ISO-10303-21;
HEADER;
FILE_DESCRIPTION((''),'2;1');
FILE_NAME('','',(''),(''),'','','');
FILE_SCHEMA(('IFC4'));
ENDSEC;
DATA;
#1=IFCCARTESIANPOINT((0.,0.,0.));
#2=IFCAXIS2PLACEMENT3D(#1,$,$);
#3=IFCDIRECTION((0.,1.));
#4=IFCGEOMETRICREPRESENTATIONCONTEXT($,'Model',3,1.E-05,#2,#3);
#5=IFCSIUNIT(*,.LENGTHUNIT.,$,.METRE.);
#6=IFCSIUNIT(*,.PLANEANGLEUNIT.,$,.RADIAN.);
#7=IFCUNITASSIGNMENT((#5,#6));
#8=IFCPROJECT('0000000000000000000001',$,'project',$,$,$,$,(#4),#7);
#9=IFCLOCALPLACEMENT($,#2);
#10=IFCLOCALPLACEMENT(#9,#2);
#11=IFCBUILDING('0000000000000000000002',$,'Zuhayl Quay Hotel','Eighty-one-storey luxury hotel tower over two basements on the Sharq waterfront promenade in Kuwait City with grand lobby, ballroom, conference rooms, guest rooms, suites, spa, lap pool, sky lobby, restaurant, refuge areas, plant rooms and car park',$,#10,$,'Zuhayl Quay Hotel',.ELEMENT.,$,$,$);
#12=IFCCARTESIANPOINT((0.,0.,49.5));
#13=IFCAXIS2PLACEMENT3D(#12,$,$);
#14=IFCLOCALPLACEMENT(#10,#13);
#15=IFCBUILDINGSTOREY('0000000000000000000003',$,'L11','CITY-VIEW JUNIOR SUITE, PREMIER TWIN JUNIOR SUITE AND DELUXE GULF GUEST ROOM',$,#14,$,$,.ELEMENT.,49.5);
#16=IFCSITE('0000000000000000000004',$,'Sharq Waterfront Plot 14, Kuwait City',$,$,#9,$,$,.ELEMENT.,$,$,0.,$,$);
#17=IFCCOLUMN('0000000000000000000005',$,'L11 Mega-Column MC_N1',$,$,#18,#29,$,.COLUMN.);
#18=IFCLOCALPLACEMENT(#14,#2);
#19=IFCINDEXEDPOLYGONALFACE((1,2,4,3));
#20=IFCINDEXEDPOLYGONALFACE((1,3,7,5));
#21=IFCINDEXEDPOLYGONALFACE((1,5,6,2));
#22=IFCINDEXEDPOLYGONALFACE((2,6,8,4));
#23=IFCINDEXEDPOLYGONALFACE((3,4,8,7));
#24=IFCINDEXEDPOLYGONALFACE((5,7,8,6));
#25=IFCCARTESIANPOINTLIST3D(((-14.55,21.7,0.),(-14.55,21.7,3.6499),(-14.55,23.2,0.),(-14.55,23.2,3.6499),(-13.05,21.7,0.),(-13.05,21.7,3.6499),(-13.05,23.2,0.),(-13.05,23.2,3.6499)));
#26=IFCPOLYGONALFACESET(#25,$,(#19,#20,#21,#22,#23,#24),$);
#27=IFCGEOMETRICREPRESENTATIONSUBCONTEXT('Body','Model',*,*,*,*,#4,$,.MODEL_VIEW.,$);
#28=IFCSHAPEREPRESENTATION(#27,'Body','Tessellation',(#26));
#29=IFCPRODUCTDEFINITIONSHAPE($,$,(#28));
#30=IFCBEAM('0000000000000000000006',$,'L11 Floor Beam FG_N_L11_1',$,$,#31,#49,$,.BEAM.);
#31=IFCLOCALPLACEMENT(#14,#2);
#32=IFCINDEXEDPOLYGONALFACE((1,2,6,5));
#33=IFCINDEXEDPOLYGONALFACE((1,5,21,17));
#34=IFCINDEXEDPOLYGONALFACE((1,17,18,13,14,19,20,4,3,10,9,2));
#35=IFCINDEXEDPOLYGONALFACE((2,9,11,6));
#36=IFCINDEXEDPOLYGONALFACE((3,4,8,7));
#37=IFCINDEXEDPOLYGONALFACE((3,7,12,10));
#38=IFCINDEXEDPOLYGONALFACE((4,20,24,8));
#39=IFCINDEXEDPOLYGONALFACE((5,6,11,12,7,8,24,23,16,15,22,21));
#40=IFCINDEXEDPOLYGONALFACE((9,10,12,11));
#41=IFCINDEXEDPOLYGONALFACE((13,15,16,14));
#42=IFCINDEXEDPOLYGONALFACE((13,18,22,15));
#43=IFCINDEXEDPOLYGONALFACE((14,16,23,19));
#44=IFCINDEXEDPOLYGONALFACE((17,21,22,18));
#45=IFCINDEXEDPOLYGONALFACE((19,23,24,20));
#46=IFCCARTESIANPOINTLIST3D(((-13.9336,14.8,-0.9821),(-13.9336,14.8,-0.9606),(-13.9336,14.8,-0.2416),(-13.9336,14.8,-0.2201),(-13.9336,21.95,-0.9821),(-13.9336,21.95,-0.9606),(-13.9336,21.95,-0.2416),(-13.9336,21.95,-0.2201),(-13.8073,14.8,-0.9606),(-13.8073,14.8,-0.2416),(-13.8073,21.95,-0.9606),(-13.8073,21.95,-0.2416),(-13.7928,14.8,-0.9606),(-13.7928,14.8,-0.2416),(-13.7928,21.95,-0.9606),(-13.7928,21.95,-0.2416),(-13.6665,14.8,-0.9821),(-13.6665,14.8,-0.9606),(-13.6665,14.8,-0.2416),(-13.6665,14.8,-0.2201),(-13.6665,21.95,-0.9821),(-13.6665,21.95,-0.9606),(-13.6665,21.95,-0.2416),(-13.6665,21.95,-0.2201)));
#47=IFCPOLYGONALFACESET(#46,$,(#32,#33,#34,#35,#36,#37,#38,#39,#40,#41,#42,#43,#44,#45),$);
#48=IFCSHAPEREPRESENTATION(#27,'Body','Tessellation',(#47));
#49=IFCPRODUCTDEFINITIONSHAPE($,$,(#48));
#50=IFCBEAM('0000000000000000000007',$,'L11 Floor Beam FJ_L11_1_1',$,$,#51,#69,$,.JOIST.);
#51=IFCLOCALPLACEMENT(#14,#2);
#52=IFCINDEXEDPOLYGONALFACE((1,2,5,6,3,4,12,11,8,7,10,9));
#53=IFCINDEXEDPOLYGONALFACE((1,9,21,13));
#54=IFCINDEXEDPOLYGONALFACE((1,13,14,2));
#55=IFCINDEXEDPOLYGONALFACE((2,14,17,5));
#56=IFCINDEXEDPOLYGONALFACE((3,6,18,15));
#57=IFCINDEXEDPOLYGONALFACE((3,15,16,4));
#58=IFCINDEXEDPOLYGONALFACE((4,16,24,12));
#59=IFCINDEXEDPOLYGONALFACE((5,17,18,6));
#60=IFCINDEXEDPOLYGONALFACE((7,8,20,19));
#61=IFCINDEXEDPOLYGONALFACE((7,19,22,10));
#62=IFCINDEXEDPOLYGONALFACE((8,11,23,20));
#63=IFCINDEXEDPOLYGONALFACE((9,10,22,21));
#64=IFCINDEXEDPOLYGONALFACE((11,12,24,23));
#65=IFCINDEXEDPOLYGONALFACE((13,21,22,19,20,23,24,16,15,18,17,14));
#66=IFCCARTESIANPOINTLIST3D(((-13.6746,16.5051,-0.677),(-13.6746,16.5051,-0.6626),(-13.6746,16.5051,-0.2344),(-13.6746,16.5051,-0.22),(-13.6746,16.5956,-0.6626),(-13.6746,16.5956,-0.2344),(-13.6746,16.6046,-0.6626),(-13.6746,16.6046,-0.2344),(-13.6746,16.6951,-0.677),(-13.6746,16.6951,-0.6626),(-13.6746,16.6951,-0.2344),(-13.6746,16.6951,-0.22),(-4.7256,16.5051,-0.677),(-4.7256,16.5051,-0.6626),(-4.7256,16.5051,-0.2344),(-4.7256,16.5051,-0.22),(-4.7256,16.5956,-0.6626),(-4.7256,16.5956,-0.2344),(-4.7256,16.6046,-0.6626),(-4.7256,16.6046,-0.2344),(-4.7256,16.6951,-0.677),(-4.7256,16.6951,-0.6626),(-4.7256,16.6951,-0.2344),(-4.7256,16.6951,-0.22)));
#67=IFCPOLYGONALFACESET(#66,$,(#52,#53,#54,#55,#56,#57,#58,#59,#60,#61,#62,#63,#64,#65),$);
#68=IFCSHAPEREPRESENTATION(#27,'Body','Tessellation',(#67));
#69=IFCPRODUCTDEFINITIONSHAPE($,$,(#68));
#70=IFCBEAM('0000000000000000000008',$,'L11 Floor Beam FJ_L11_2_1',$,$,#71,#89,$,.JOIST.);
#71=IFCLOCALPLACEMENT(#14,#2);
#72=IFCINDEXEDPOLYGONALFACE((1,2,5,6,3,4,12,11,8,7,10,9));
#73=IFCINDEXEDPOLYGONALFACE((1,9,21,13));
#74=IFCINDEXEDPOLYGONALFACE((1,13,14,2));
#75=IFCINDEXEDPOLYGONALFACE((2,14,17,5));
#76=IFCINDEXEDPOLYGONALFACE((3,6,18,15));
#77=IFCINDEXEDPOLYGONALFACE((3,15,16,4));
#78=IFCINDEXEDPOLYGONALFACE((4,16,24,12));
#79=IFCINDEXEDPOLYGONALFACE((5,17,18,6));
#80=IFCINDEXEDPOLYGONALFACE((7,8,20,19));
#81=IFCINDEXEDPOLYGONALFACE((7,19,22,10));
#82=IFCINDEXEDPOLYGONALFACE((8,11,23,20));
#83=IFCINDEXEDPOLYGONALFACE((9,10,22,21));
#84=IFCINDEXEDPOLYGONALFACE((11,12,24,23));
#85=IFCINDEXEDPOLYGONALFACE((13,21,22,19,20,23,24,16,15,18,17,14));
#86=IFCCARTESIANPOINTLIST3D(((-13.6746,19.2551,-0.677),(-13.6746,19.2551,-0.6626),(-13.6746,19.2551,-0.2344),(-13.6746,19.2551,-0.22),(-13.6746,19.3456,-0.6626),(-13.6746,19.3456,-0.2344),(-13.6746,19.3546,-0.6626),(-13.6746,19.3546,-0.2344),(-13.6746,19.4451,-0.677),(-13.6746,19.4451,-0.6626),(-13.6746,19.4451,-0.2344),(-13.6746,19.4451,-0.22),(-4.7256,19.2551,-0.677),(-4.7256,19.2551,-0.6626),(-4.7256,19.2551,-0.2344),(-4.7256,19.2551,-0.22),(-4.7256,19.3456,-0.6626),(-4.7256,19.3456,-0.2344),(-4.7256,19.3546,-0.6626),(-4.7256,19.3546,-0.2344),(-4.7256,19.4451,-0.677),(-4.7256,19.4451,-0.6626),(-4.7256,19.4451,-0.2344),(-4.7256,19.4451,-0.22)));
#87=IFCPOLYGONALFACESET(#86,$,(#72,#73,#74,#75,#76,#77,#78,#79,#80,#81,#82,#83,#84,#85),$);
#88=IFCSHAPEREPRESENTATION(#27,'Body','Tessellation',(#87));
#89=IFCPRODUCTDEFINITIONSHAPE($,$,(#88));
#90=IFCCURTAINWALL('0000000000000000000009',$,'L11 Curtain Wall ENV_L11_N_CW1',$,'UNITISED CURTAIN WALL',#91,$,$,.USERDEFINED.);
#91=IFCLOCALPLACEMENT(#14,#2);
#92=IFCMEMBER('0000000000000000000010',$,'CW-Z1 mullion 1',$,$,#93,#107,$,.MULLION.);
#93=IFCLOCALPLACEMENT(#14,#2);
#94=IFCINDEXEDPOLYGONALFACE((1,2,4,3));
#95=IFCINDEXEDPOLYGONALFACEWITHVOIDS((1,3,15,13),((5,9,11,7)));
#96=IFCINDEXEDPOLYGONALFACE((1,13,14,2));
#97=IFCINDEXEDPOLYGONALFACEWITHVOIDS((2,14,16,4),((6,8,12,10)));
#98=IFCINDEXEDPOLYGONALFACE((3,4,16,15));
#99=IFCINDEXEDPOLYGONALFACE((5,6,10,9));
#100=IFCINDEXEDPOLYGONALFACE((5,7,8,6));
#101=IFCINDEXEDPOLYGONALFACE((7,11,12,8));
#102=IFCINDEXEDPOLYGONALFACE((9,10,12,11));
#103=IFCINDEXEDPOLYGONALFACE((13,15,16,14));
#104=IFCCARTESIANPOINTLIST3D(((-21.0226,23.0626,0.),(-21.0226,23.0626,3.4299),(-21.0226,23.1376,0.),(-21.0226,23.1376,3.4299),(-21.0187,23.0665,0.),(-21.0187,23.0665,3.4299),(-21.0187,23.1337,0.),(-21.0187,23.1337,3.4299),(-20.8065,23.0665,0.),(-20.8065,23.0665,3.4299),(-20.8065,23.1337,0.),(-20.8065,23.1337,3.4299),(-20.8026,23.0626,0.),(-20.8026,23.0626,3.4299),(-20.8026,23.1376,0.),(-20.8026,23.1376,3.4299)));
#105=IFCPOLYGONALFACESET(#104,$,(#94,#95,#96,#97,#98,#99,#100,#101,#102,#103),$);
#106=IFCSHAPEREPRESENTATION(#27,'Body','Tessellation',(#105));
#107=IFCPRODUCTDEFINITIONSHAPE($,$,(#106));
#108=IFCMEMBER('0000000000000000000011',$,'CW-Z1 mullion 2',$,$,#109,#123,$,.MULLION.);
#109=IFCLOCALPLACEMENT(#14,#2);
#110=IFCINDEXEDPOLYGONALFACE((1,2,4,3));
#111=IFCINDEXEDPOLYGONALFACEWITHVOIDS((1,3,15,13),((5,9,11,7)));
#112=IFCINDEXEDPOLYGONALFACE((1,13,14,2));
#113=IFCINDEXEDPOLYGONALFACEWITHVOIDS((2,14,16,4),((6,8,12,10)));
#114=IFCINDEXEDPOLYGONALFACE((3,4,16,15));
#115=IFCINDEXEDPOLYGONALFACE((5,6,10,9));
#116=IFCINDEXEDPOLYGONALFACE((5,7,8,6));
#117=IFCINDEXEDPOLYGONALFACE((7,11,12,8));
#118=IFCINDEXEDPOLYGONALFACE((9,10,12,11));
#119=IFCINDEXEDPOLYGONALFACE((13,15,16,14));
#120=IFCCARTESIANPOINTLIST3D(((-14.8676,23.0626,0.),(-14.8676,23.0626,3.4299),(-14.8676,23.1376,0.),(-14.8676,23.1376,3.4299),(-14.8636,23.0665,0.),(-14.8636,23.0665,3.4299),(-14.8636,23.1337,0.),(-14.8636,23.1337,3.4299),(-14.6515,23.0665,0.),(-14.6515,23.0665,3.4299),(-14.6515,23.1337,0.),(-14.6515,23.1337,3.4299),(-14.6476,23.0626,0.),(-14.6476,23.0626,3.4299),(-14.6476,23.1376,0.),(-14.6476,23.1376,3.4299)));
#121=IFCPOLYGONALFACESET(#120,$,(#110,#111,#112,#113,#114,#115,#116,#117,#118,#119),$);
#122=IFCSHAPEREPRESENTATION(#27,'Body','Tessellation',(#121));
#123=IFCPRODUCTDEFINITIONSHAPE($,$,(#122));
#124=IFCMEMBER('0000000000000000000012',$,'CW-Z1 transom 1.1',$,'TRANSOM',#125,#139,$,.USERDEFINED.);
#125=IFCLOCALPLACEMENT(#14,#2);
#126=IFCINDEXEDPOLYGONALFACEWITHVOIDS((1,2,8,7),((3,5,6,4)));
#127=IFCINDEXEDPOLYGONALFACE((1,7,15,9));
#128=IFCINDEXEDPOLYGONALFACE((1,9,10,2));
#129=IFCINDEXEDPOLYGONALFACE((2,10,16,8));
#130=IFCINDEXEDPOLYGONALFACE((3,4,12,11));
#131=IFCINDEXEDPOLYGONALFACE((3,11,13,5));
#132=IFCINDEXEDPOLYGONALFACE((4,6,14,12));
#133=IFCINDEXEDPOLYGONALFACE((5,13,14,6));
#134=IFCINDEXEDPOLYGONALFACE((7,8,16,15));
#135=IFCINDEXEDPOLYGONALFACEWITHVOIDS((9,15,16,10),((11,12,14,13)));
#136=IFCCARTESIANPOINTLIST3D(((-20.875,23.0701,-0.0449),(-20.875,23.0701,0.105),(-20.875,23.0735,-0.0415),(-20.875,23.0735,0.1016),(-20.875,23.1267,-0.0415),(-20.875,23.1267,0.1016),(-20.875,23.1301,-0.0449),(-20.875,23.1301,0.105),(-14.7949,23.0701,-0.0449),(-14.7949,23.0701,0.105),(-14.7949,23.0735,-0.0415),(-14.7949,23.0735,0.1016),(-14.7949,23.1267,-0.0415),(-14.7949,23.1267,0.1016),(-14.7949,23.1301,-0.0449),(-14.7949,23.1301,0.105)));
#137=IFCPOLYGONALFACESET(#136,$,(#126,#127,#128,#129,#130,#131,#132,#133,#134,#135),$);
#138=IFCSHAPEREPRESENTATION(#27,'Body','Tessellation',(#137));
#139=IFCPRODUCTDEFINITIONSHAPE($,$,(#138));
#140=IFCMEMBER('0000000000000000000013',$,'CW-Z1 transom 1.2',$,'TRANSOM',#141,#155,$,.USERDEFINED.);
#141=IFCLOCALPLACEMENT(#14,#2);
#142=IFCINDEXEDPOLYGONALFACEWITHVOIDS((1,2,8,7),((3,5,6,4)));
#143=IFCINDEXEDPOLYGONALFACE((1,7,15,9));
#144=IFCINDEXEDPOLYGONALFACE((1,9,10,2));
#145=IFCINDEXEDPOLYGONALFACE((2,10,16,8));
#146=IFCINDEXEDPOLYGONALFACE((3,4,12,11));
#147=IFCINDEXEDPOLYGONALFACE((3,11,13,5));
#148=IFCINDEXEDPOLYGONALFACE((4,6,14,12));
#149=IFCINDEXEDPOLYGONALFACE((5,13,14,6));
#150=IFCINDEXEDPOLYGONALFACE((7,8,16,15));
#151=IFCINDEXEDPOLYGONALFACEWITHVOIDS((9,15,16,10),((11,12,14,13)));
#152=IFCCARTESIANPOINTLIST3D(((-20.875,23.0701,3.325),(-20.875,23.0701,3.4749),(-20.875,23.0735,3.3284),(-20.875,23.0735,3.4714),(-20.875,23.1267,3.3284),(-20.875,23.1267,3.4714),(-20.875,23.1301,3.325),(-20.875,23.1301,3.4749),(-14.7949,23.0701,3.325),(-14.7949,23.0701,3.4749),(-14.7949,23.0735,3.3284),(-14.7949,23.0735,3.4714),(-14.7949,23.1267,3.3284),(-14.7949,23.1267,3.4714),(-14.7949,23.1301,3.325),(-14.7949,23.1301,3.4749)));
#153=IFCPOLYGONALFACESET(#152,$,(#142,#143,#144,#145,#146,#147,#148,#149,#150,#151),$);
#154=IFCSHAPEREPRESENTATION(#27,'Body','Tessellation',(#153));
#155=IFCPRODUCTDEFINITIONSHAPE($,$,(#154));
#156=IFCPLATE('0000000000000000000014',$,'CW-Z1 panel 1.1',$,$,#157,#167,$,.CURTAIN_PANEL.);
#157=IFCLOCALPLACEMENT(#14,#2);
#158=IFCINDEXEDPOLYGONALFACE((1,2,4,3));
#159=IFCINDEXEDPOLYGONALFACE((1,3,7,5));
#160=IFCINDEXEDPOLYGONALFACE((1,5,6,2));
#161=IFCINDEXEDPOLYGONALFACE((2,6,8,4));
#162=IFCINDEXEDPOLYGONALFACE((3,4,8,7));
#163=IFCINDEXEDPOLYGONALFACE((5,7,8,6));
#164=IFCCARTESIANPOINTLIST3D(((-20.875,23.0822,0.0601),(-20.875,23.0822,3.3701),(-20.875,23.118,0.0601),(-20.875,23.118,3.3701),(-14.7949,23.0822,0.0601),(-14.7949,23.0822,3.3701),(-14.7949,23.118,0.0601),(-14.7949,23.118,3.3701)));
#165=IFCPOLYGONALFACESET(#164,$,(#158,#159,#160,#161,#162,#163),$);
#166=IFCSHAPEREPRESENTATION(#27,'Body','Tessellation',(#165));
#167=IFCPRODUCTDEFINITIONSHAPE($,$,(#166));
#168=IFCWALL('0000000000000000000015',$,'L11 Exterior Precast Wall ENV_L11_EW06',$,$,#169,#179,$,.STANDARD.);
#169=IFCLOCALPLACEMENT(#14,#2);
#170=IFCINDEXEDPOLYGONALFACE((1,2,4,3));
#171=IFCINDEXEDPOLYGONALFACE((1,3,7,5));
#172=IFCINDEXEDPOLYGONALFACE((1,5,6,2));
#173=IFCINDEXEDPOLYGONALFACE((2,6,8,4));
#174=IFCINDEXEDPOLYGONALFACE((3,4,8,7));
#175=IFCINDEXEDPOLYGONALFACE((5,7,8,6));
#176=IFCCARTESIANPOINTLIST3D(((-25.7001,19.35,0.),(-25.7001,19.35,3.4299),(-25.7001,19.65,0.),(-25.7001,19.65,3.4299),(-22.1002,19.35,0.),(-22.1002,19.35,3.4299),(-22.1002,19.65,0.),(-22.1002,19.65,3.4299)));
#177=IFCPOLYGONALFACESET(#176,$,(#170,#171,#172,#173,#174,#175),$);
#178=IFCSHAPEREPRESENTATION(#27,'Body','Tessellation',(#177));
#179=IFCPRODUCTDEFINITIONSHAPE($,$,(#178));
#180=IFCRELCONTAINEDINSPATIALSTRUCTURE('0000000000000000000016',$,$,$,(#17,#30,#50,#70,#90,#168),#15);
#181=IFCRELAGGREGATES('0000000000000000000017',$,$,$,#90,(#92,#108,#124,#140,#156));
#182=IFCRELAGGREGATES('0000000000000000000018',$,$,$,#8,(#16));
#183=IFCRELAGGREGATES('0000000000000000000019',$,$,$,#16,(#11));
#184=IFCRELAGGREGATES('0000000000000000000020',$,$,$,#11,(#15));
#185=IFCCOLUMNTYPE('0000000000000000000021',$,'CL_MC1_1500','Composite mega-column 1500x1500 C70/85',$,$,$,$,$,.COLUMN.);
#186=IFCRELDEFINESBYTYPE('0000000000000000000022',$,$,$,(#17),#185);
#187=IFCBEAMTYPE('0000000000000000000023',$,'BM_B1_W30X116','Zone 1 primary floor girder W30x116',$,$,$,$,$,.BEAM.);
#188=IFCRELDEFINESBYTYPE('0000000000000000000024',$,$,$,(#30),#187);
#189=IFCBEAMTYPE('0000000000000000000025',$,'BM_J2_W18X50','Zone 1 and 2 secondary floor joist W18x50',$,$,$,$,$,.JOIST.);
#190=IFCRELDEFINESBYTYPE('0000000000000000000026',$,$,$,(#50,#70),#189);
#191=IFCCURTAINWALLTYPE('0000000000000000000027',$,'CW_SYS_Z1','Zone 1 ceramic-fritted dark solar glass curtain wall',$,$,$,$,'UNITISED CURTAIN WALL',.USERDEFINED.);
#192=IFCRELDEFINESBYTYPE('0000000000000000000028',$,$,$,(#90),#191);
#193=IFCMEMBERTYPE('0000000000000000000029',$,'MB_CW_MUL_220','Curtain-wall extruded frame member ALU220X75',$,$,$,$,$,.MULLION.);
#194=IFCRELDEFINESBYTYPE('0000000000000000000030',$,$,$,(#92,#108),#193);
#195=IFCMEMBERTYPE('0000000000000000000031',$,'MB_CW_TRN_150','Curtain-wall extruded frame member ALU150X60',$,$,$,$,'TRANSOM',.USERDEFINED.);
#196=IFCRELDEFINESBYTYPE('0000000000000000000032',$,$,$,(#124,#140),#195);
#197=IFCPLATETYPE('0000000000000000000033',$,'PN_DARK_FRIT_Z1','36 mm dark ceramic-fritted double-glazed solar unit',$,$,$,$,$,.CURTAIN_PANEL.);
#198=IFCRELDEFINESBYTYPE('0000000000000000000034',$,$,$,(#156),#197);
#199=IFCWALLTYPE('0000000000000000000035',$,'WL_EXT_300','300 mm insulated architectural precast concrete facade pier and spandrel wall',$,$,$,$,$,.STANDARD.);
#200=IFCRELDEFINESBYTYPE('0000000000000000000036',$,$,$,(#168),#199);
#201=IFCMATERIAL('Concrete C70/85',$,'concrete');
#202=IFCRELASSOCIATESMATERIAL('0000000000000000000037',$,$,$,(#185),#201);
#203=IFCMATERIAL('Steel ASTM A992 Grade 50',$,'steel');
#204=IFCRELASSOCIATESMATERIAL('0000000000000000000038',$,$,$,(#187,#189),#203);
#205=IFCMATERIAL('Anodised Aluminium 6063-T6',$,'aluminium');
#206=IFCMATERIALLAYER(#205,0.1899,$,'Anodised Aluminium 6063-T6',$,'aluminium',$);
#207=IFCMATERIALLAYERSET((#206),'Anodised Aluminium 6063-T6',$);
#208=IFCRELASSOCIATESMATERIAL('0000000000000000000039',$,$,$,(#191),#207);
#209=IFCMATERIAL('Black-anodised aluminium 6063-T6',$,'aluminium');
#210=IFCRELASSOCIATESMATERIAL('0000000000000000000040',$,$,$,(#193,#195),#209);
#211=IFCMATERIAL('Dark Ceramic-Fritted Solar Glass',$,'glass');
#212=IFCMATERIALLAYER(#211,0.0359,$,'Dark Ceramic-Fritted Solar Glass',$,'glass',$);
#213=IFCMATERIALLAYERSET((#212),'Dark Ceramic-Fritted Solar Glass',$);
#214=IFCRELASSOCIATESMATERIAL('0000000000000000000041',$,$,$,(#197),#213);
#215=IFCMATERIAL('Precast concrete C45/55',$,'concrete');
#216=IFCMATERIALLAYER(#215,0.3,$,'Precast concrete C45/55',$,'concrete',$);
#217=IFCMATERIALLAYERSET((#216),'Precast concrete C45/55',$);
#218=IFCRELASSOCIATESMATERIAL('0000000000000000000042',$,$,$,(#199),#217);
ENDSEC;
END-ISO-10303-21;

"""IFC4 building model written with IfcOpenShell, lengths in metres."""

from ifc_helpers import new_model, si_unit, direction, frame, frame_2d, origin, origin_2d, place, context, subcontext, project, spatial, rectangle, hollow_rectangle, i_section, extrude, material, layer, layer_set, material_profile, profile_set, type_object, element, aggregate, save


model = new_model("IFC4")

# Units and contexts
model_context = context("Model", 3, precision=1e-05, world=origin(), true_north=direction((0.0, 1.0)))
body_context = subcontext(model_context, "Body", "Model", "MODEL_VIEW")
ifc_project = project(units=[si_unit("LENGTHUNIT", "METRE"), si_unit("PLANEANGLEUNIT", "RADIAN")], contexts=[model_context])

# Site, building, storey
site_placement = place(None, origin())
site = spatial("IfcSite", under=ifc_project, at=site_placement, Name="Sharq Waterfront Plot 14, Kuwait City", CompositionType="ELEMENT", RefElevation=0.0)
building_placement = place(site_placement, origin())
building = spatial("IfcBuilding", under=site, at=building_placement, Name="Zuhayl Quay Hotel", Description="Eighty-one-storey luxury hotel tower over two basements on the Sharq waterfront promenade in Kuwait City with grand lobby, ballroom, conference rooms, guest rooms, suites, spa, lap pool, sky lobby, restaurant, refuge areas, plant rooms and car park", LongName="Zuhayl Quay Hotel", CompositionType="ELEMENT")
storey_placement = place(building_placement, frame((0.0, 0.0, 49.5)))
storey = spatial("IfcBuildingStorey", under=building, at=storey_placement, Name="L11", Description="CITY-VIEW JUNIOR SUITE, PREMIER TWIN JUNIOR SUITE AND DELUXE GULF GUEST ROOM", CompositionType="ELEMENT", Elevation=49.5)

# Column
ifc_material_1 = material(Name="Concrete C70/85", Category="concrete")
ifc_material_profile_1 = material_profile(ifc_material_1, rectangle(XDim=1.5, YDim=1.5, at=origin_2d()), Name="RC1500X1500")
ifc_profile_set_1 = profile_set([ifc_material_profile_1], Name="Concrete C70/85")
column_type = type_object("IfcColumnType", Name="CL_MC1_1500", Description="Composite mega-column 1500x1500 C70/85", PredefinedType="COLUMN", material=ifc_profile_set_1)
column_placement = place(storey_placement, frame((-13.8, 22.45, 0.0), z_axis=(0.0, 0.0, 1.0), x_axis=(1.0, 0.0, 0.0)))
element("IfcColumn", 1, at=column_placement, inside=storey, type_object=column_type, Name="L11 Mega-Column MC_N1", PredefinedType="COLUMN", context=body_context, shape_type="SweptSolid", body=[
    extrude(rectangle(XDim=1.5, YDim=1.5, at=origin_2d()), origin(), (0.0, 0.0, 1.0), 3.6499),
])

# Beams
ifc_material_2 = material(Name="Steel ASTM A992 Grade 50", Category="steel")
ifc_material_profile_2 = material_profile(ifc_material_2, i_section(OverallWidth=0.2671, OverallDepth=0.762, WebThickness=0.0144, FlangeThickness=0.0215, at=origin_2d()), Name="W30X116")
ifc_profile_set_2 = profile_set([ifc_material_profile_2], Name="Steel ASTM A992 Grade 50")
beam_type_1 = type_object("IfcBeamType", Name="BM_B1_W30X116", Description="Zone 1 primary floor girder W30x116", PredefinedType="BEAM", material=ifc_profile_set_2)
beam_placement = place(storey_placement, frame((-13.8, 14.8, -0.6011), z_axis=(0.0, 1.0, 0.0), x_axis=(-1.0, 0.0, 0.0)))
element("IfcBeam", 2, at=beam_placement, inside=storey, type_object=beam_type_1, Name="L11 Floor Beam FG_N_L11_1", PredefinedType="BEAM", context=body_context, shape_type="SweptSolid", body=[
    extrude(i_section(OverallWidth=0.2671, OverallDepth=0.762, WebThickness=0.0144, FlangeThickness=0.0215, at=origin_2d()), origin(), (0.0, 0.0, 1.0), 7.1499),
])
ifc_material_profile_3 = material_profile(ifc_material_2, i_section(OverallWidth=0.1899, OverallDepth=0.457, WebThickness=0.009, FlangeThickness=0.0144, at=origin_2d()), Name="W18X50")
ifc_profile_set_3 = profile_set([ifc_material_profile_3], Name="Steel ASTM A992 Grade 50")
beam_type_2 = type_object("IfcBeamType", Name="BM_J2_W18X50", Description="Zone 1 and 2 secondary floor joist W18x50", PredefinedType="JOIST", material=ifc_profile_set_3)
for number, where, z_axis, x_axis, name in (
    (3, (-13.6746, 16.6001, -0.4485), (1.0, 0.0, 0.0), (0.0, 1.0, 0.0), "L11 Floor Beam FJ_L11_1_1"),
    (4, (-13.6746, 19.3501, -0.4485), (1.0, 0.0, 0.0), (0.0, 1.0, 0.0), "L11 Floor Beam FJ_L11_2_1"),
):
    element("IfcBeam", number, at=place(storey_placement, frame(where, z_axis=z_axis, x_axis=x_axis)), inside=storey, type_object=beam_type_2, Name=name, PredefinedType="JOIST", context=body_context, shape_type="SweptSolid", body=[
        extrude(i_section(OverallWidth=0.1899, OverallDepth=0.457, WebThickness=0.009, FlangeThickness=0.0144, at=origin_2d()), origin(), (0.0, 0.0, 1.0), 8.949),
    ])

# Curtain wall, members, plate
ifc_material_3 = material(Name="Anodised Aluminium 6063-T6", Category="aluminium")
ifc_layer_1 = layer(ifc_material_3, 0.1899, Name="Anodised Aluminium 6063-T6", Category="aluminium")
ifc_layer_set_1 = layer_set([ifc_layer_1], Name="Anodised Aluminium 6063-T6")
curtain_wall_type = type_object("IfcCurtainWallType", Name="CW_SYS_Z1", Description="Zone 1 ceramic-fritted dark solar glass curtain wall", ElementType="UNITISED CURTAIN WALL", PredefinedType="USERDEFINED", material=ifc_layer_set_1)
curtain_wall_placement = place(storey_placement, origin())
curtain_wall = element("IfcCurtainWall", 5, at=curtain_wall_placement, inside=storey, type_object=curtain_wall_type, Name="L11 Curtain Wall ENV_L11_N_CW1", ObjectType="UNITISED CURTAIN WALL", PredefinedType="USERDEFINED")
ifc_material_4 = material(Name="Black-anodised aluminium 6063-T6", Category="aluminium")
ifc_material_profile_4 = material_profile(ifc_material_4, hollow_rectangle(XDim=0.075, YDim=0.22, WallThickness=0.0039, at=origin_2d()), Name="ALU220X75")
ifc_profile_set_4 = profile_set([ifc_material_profile_4], Name="Black-anodised aluminium 6063-T6")
member_type_1 = type_object("IfcMemberType", Name="MB_CW_MUL_220", Description="Curtain-wall extruded frame member ALU220X75", PredefinedType="MULLION", material=ifc_profile_set_4)
member_1_placement = place(storey_placement, frame((-20.9126, 23.1001, 0.0), z_axis=(0.0, 0.0, 1.0), x_axis=(0.0, 1.0, 0.0)))
member_1 = element("IfcMember", 6, at=member_1_placement, type_object=member_type_1, Name="CW-Z1 mullion 1", PredefinedType="MULLION", context=body_context, shape_type="SweptSolid", body=[
    extrude(hollow_rectangle(XDim=0.075, YDim=0.22, WallThickness=0.0039, at=origin_2d()), origin(), (0.0, 0.0, 1.0), 3.4299),
])
member_2_placement = place(storey_placement, frame((-14.7576, 23.1001, 0.0), z_axis=(0.0, 0.0, 1.0), x_axis=(0.0, 1.0, 0.0)))
member_2 = element("IfcMember", 7, at=member_2_placement, type_object=member_type_1, Name="CW-Z1 mullion 2", PredefinedType="MULLION", context=body_context, shape_type="SweptSolid", body=[
    extrude(hollow_rectangle(XDim=0.075, YDim=0.22, WallThickness=0.0039, at=origin_2d()), origin(), (0.0, 0.0, 1.0), 3.4299),
])
ifc_material_profile_5 = material_profile(ifc_material_4, hollow_rectangle(XDim=0.0601, YDim=0.1499, WallThickness=0.0034, at=origin_2d()), Name="ALU150X60")
ifc_profile_set_5 = profile_set([ifc_material_profile_5], Name="Black-anodised aluminium 6063-T6")
member_type_2 = type_object("IfcMemberType", Name="MB_CW_TRN_150", Description="Curtain-wall extruded frame member ALU150X60", ElementType="TRANSOM", PredefinedType="USERDEFINED", material=ifc_profile_set_5)
member_3_placement = place(storey_placement, frame((-20.875, 23.1001, 0.03), z_axis=(1.0, 0.0, 0.0), x_axis=(0.0, 1.0, 0.0)))
member_3 = element("IfcMember", 8, at=member_3_placement, type_object=member_type_2, Name="CW-Z1 transom 1.1", ObjectType="TRANSOM", PredefinedType="USERDEFINED", context=body_context, shape_type="SweptSolid", body=[
    extrude(hollow_rectangle(XDim=0.0601, YDim=0.1499, WallThickness=0.0034, at=origin_2d()), origin(), (0.0, 0.0, 1.0), 6.0801),
])
member_4_placement = place(storey_placement, frame((-20.875, 23.1001, 3.3999), z_axis=(1.0, 0.0, 0.0), x_axis=(0.0, 1.0, 0.0)))
member_4 = element("IfcMember", 9, at=member_4_placement, type_object=member_type_2, Name="CW-Z1 transom 1.2", ObjectType="TRANSOM", PredefinedType="USERDEFINED", context=body_context, shape_type="SweptSolid", body=[
    extrude(hollow_rectangle(XDim=0.0601, YDim=0.1499, WallThickness=0.0034, at=origin_2d()), origin(), (0.0, 0.0, 1.0), 6.0801),
])
ifc_material_5 = material(Name="Dark Ceramic-Fritted Solar Glass", Category="glass")
ifc_layer_2 = layer(ifc_material_5, 0.0359, Name="Dark Ceramic-Fritted Solar Glass", Category="glass")
ifc_layer_set_2 = layer_set([ifc_layer_2], Name="Dark Ceramic-Fritted Solar Glass")
plate_type = type_object("IfcPlateType", Name="PN_DARK_FRIT_Z1", Description="36 mm dark ceramic-fritted double-glazed solar unit", PredefinedType="CURTAIN_PANEL", material=ifc_layer_set_2)
plate_placement = place(storey_placement, frame((-17.835, 23.1001, 0.0601), z_axis=(0.0, 0.0, 1.0), x_axis=(1.0, 0.0, 0.0)))
plate = element("IfcPlate", 10, at=plate_placement, type_object=plate_type, Name="CW-Z1 panel 1.1", PredefinedType="CURTAIN_PANEL", context=body_context, shape_type="SweptSolid", body=[
    extrude(rectangle(XDim=6.0801, YDim=0.0359, at=origin_2d()), origin(), (0.0, 0.0, 1.0), 3.3101),
])
aggregate(curtain_wall, [member_1, member_2, member_3, member_4, plate])

# Wall
ifc_material_6 = material(Name="Precast concrete C45/55", Category="concrete")
ifc_layer_3 = layer(ifc_material_6, 0.3, Name="Precast concrete C45/55", Category="concrete")
ifc_layer_set_3 = layer_set([ifc_layer_3], Name="Precast concrete C45/55")
wall_type_1 = type_object("IfcWallType", Name="WL_EXT_300", Description="300 mm insulated architectural precast concrete facade pier and spandrel wall", PredefinedType="STANDARD", material=ifc_layer_set_3)
wall_1_placement = place(storey_placement, frame((-25.7, 19.5, 0.0), z_axis=(0.0, 0.0, 1.0), x_axis=(1.0, 0.0, 0.0)))
element("IfcWall", 11, at=wall_1_placement, inside=storey, type_object=wall_type_1, Name="L11 Exterior Precast Wall ENV_L11_EW06", PredefinedType="STANDARD", context=body_context, shape_type="SweptSolid", body=[
    extrude(rectangle(XDim=3.5999, YDim=0.3, at=frame_2d((1.7998, 0.0))), origin(), (0.0, 0.0, 1.0), 3.4299),
])

save(model, "model.ifc")
